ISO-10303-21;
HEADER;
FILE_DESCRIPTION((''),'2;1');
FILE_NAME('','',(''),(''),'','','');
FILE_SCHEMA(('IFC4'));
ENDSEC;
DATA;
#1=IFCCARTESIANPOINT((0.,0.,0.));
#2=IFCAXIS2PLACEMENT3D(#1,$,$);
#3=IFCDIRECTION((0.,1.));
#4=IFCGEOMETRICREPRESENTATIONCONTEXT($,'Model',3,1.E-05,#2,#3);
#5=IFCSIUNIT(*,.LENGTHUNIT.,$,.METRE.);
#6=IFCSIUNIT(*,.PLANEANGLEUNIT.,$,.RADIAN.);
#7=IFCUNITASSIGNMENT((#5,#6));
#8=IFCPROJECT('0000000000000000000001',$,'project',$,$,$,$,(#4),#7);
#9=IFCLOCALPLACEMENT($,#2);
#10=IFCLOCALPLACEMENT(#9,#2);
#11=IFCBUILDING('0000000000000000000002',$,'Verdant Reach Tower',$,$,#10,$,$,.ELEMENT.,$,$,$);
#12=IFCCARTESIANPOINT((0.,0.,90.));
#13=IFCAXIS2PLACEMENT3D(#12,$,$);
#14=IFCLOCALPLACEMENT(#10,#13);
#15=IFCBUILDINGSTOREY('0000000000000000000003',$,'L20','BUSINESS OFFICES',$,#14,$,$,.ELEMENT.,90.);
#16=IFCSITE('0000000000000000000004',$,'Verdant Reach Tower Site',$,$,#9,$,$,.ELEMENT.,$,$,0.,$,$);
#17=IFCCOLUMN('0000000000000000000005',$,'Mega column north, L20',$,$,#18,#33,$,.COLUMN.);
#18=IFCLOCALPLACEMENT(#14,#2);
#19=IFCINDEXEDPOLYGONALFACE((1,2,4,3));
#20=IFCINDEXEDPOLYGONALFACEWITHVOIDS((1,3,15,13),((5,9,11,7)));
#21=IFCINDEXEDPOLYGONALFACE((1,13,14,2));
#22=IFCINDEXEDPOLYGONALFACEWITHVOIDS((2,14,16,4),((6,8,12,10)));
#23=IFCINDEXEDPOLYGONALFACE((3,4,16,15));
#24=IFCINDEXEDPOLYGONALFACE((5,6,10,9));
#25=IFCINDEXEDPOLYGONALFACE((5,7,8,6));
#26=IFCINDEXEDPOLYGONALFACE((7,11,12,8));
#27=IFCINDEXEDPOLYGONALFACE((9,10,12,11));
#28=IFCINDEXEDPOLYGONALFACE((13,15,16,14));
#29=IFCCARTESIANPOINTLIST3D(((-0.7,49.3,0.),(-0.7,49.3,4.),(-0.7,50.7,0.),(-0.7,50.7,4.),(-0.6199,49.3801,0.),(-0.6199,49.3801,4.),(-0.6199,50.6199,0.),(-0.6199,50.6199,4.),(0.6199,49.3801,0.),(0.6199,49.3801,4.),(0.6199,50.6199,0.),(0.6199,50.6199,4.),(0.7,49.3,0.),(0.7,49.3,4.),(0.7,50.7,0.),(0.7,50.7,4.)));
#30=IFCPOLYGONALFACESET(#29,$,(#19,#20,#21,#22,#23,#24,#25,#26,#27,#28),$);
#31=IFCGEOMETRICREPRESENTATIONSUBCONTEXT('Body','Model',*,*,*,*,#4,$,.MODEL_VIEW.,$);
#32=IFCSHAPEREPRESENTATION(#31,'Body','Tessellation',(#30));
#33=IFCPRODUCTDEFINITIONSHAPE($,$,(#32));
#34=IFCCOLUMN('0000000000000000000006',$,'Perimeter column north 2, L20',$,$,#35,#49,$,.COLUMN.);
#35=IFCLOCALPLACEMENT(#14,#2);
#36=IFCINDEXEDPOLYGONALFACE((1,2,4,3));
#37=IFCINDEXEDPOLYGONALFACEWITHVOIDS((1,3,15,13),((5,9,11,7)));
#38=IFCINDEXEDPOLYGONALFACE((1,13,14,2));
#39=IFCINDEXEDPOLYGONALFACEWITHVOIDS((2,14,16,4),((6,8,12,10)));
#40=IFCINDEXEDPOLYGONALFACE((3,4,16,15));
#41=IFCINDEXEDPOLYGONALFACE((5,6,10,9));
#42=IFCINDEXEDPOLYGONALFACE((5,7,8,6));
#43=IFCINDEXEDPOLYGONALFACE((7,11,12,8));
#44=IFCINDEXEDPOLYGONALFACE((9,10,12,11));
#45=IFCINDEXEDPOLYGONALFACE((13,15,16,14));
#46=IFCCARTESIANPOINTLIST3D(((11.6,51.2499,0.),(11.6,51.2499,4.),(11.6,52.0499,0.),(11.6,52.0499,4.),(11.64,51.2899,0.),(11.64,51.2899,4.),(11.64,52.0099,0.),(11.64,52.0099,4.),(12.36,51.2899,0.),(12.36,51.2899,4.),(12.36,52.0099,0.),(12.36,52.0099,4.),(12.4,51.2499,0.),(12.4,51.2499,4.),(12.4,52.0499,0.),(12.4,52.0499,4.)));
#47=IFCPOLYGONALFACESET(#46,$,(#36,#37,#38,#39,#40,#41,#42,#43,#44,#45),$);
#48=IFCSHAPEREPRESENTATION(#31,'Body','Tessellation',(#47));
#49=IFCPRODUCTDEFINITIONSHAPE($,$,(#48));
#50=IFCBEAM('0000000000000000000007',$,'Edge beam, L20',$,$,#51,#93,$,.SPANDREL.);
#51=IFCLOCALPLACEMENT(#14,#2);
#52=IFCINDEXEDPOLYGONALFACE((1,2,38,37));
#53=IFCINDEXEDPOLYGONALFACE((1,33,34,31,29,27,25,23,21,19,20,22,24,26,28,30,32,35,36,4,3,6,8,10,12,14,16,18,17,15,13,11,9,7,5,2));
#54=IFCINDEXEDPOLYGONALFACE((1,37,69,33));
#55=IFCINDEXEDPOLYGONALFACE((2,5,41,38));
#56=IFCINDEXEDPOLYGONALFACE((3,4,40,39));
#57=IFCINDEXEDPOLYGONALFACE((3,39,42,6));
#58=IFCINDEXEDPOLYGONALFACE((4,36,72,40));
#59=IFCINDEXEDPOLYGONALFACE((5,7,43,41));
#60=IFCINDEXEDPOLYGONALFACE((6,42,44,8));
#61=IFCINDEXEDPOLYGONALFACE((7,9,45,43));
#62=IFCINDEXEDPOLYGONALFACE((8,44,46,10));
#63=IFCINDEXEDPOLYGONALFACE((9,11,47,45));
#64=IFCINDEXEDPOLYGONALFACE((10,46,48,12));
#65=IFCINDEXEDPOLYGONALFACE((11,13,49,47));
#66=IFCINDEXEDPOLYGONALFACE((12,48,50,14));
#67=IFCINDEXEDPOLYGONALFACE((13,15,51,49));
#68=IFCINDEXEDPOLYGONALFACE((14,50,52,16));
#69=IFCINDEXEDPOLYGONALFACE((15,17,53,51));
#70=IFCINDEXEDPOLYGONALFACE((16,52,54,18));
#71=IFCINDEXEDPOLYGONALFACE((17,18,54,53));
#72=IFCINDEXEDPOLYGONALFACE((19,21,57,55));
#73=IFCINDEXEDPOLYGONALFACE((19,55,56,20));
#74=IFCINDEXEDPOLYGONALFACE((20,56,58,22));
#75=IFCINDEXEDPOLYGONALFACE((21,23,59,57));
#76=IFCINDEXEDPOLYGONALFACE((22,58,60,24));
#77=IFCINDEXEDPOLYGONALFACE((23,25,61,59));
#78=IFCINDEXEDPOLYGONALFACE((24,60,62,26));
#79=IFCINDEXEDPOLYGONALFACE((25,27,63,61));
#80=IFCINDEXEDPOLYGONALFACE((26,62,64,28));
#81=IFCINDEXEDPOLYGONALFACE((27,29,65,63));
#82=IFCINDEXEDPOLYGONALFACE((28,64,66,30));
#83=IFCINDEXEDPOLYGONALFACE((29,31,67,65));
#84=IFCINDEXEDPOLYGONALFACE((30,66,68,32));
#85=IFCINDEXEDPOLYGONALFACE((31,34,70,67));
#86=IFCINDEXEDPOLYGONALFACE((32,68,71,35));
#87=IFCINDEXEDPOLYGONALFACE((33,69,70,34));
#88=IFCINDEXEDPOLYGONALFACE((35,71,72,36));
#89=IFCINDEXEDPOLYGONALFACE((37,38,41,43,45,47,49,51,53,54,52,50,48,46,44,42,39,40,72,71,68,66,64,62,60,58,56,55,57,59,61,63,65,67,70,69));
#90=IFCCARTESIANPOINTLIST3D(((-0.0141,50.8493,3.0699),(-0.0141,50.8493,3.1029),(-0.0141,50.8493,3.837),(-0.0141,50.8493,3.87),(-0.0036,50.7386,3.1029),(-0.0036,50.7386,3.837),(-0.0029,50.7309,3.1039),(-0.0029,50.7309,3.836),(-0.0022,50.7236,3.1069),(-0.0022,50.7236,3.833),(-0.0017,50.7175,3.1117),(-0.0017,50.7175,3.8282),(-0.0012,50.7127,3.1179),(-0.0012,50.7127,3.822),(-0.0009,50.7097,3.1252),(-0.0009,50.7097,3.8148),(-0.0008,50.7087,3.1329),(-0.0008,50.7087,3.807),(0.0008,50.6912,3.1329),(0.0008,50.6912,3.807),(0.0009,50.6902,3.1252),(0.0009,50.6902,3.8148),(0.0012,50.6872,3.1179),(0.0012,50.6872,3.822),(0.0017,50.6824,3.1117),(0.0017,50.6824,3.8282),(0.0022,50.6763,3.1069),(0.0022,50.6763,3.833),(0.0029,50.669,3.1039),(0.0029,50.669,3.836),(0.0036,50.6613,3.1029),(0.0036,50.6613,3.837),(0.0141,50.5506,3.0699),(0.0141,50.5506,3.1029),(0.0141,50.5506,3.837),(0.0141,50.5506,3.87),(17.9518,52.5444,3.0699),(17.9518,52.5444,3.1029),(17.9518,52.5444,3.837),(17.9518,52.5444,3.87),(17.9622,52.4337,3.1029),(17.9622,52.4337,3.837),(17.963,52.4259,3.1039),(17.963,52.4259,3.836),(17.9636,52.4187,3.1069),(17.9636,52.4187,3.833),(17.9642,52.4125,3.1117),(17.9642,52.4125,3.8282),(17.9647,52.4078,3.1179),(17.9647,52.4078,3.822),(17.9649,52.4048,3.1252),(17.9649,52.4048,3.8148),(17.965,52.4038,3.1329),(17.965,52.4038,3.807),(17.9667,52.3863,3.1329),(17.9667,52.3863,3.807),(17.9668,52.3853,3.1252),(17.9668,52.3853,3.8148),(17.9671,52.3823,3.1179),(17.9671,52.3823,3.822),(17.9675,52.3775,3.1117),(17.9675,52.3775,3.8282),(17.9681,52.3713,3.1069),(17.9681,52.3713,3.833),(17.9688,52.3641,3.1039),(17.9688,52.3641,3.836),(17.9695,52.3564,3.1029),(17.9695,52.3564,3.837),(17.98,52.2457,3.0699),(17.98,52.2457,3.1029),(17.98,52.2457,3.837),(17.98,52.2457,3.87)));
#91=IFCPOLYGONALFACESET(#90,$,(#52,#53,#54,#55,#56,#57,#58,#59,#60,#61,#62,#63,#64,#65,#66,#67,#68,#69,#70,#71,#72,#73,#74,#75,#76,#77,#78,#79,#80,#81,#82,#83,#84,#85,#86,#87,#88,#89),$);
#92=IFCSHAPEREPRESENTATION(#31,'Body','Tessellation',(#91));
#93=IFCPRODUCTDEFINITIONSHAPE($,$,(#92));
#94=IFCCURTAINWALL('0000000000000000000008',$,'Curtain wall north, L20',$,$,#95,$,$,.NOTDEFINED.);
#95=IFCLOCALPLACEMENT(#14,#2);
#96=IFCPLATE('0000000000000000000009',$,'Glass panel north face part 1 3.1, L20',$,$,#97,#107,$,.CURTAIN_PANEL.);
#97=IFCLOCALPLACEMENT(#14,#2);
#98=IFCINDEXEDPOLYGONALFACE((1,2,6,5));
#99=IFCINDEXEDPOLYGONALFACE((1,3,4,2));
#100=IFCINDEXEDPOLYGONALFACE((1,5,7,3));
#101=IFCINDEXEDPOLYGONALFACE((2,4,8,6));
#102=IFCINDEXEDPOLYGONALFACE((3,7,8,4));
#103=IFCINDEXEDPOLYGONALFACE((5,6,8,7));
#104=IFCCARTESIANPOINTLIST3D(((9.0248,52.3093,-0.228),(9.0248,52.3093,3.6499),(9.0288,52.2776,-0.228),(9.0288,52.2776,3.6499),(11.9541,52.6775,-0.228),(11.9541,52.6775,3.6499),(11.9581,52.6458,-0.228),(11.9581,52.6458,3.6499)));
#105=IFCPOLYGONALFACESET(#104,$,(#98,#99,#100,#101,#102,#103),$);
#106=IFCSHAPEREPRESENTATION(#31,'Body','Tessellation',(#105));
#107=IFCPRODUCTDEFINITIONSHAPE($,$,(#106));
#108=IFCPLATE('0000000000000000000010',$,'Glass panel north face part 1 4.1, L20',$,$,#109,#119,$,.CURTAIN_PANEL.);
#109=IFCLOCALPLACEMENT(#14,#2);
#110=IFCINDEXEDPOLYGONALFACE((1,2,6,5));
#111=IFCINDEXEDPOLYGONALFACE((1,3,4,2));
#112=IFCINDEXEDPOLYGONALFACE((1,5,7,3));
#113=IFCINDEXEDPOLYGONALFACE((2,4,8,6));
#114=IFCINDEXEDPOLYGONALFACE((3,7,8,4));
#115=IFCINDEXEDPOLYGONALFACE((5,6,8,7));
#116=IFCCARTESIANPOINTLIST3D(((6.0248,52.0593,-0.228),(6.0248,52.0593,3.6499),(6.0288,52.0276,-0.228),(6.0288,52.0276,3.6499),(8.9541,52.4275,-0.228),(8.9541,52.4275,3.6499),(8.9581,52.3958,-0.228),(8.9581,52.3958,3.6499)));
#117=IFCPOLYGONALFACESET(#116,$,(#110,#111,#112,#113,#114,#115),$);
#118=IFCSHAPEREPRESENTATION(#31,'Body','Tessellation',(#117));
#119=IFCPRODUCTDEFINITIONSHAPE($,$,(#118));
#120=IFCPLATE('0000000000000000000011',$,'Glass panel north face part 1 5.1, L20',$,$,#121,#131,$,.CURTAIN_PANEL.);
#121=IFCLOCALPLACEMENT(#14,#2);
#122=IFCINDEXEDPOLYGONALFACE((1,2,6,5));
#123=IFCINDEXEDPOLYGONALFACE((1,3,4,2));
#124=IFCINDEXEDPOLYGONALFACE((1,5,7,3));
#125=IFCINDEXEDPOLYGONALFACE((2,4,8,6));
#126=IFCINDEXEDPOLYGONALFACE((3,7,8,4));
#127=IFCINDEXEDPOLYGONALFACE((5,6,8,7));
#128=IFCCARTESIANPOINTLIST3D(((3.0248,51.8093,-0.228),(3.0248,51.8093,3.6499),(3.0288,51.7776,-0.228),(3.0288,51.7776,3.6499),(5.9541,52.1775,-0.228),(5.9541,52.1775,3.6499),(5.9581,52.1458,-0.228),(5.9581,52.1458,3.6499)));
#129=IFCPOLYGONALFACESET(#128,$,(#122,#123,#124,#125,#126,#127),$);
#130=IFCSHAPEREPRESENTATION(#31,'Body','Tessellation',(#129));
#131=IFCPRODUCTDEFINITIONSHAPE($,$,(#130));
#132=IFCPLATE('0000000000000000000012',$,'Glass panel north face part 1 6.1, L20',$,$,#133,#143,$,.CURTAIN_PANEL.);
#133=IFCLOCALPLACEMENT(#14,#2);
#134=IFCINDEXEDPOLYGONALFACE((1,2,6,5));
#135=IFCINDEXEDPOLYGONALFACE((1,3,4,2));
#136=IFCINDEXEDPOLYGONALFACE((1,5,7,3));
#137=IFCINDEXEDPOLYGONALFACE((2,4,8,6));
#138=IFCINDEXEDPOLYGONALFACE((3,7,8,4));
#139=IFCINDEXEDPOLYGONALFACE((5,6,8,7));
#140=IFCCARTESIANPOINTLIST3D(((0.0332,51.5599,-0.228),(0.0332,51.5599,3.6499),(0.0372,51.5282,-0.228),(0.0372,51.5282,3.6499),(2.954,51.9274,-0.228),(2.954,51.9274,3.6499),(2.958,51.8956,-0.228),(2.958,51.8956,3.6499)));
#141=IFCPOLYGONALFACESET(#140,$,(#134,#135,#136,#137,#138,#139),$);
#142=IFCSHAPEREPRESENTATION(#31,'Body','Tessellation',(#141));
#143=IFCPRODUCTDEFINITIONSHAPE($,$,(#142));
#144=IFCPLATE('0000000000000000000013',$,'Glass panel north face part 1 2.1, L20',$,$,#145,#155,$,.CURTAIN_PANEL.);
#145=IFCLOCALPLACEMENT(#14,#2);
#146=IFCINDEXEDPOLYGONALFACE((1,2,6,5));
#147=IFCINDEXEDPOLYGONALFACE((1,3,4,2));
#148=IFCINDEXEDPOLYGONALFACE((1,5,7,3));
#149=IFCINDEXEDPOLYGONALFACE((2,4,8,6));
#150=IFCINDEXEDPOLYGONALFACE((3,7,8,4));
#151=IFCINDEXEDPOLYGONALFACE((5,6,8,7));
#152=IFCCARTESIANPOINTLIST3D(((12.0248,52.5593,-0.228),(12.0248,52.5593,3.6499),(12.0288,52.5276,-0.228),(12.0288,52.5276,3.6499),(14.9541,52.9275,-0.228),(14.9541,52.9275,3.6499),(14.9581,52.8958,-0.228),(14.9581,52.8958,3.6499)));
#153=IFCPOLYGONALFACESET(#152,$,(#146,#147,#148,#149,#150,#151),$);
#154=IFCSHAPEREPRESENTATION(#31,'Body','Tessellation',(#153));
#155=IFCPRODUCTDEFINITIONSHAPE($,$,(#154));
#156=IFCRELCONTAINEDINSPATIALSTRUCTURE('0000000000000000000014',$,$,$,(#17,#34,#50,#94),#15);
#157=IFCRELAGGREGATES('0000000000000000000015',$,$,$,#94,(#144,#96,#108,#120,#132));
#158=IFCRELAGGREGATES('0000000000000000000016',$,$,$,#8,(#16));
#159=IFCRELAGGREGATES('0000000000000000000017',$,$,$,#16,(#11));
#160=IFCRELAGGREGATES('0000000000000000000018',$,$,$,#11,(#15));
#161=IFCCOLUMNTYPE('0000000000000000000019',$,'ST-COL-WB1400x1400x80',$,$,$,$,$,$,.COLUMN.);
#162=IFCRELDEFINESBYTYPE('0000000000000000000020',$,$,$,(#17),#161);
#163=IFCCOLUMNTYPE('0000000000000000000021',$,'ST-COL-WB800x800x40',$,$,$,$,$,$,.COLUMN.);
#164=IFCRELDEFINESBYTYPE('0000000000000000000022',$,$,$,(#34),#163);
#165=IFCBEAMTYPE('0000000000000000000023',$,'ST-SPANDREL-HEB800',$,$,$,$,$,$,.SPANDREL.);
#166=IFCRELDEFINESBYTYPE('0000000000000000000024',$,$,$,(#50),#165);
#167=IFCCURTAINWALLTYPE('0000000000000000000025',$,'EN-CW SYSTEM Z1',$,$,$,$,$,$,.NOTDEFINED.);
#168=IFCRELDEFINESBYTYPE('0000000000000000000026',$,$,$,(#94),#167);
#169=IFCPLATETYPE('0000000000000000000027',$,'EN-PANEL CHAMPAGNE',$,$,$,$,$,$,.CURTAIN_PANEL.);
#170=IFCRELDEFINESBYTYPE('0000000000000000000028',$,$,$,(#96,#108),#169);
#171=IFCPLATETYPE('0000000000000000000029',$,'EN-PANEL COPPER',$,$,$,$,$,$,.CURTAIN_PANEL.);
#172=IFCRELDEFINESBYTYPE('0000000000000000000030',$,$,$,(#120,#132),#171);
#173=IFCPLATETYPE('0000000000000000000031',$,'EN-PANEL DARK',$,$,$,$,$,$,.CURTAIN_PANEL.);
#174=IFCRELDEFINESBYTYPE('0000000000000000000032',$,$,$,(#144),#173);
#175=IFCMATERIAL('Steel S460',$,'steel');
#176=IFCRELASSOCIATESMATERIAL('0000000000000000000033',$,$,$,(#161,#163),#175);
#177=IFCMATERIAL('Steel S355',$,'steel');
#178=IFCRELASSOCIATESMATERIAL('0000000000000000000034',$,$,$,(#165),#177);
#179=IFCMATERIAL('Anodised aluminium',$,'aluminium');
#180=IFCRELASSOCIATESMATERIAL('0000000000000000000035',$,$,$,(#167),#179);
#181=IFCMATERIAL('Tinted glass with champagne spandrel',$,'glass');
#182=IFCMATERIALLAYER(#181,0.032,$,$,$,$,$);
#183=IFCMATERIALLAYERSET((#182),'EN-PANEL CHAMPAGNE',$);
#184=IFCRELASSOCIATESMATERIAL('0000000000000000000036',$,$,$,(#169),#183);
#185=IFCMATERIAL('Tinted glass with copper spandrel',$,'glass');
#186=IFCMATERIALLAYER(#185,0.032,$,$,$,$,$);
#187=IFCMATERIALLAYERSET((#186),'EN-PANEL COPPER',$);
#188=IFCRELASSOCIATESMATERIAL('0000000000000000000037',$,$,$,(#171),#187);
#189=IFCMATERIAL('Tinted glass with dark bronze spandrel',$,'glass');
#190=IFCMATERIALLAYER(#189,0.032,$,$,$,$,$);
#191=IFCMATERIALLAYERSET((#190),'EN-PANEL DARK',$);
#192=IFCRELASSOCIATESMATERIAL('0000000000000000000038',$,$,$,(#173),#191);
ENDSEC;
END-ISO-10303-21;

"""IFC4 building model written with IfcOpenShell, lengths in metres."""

from ifc_helpers import new_model, si_unit, direction, frame, origin, origin_2d, place, context, subcontext, project, spatial, rectangle, hollow_rectangle, i_section, extrude, material, layer, layer_set, material_profile, profile_set, type_object, element, aggregate, save


model = new_model("IFC4")

# Units and contexts
model_context = context("Model", 3, precision=1e-05, world=origin(), true_north=direction((0.0, 1.0)))
body_context = subcontext(model_context, "Body", "Model", "MODEL_VIEW")
ifc_project = project(units=[si_unit("LENGTHUNIT", "METRE"), si_unit("PLANEANGLEUNIT", "RADIAN")], contexts=[model_context])

# Site, building, storey
site_placement = place(None, origin())
site = spatial("IfcSite", under=ifc_project, at=site_placement, Name="Verdant Reach Tower Site", CompositionType="ELEMENT", RefElevation=0.0)
building_placement = place(site_placement, origin())
building = spatial("IfcBuilding", under=site, at=building_placement, Name="Verdant Reach Tower", CompositionType="ELEMENT")
storey_placement = place(building_placement, frame((0.0, 0.0, 90.0)))
storey = spatial("IfcBuildingStorey", under=building, at=storey_placement, Name="L20", Description="BUSINESS OFFICES", CompositionType="ELEMENT", Elevation=90.0)

# Columns
ifc_material_1 = material(Name="Steel S460", Category="steel")
ifc_material_profile_1 = material_profile(ifc_material_1, hollow_rectangle(XDim=1.3999, YDim=1.3999, WallThickness=0.0801, at=origin_2d()), Name="WB 1400x1400x80")
ifc_profile_set_1 = profile_set([ifc_material_profile_1], Name="Steel S460")
column_type_1 = type_object("IfcColumnType", Name="ST-COL-WB1400x1400x80", PredefinedType="COLUMN", material=ifc_profile_set_1)
column_1_placement = place(storey_placement, frame((0.0, 50.0, 0.0), z_axis=(0.0, 0.0, 1.0), x_axis=(1.0, 0.0, 0.0)))
element("IfcColumn", 1, at=column_1_placement, inside=storey, type_object=column_type_1, Name="Mega column north, L20", PredefinedType="COLUMN", context=body_context, shape_type="SweptSolid", body=[
    extrude(hollow_rectangle(XDim=1.3999, YDim=1.3999, WallThickness=0.0801, at=origin_2d()), origin(), (0.0, 0.0, 1.0), 4.0),
])
ifc_material_profile_2 = material_profile(ifc_material_1, hollow_rectangle(XDim=0.8, YDim=0.8, WallThickness=0.04, at=origin_2d()), Name="WB 800x800x40")
ifc_profile_set_2 = profile_set([ifc_material_profile_2], Name="Steel S460")
column_type_2 = type_object("IfcColumnType", Name="ST-COL-WB800x800x40", PredefinedType="COLUMN", material=ifc_profile_set_2)
column_2_placement = place(storey_placement, frame((12.0, 51.6499, 0.0), z_axis=(0.0, 0.0, 1.0), x_axis=(1.0, 0.0, 0.0)))
element("IfcColumn", 2, at=column_2_placement, inside=storey, type_object=column_type_2, Name="Perimeter column north 2, L20", PredefinedType="COLUMN", context=body_context, shape_type="SweptSolid", body=[
    extrude(hollow_rectangle(XDim=0.8, YDim=0.8, WallThickness=0.04, at=origin_2d()), origin(), (0.0, 0.0, 1.0), 4.0),
])

# Beam
ifc_material_2 = material(Name="Steel S355", Category="steel")
ifc_material_profile_3 = material_profile(ifc_material_2, i_section(OverallWidth=0.3, OverallDepth=0.8, WebThickness=0.0176, FlangeThickness=0.033, FilletRadius=0.03, at=origin_2d()), Name="HEB 800")
ifc_profile_set_3 = profile_set([ifc_material_profile_3], Name="Steel S355")
beam_type = type_object("IfcBeamType", Name="ST-SPANDREL-HEB800", PredefinedType="SPANDREL", material=ifc_profile_set_3)
beam_placement = place(storey_placement, frame((0.0, 50.7, 3.47), z_axis=(0.995579, 0.093932, 0.0), x_axis=(-0.093932, 0.995579, 0.0)))
element("IfcBeam", 3, at=beam_placement, inside=storey, type_object=beam_type, Name="Edge beam, L20", PredefinedType="SPANDREL", context=body_context, shape_type="SweptSolid", body=[
    extrude(i_section(OverallWidth=0.3, OverallDepth=0.8, WebThickness=0.0176, FlangeThickness=0.033, FilletRadius=0.03, at=origin_2d()), origin(), (0.0, 0.0, 1.0), 18.0457),
])

# Curtain wall, plates
ifc_material_3 = material(Name="Anodised aluminium", Category="aluminium")
curtain_wall_type = type_object("IfcCurtainWallType", Name="EN-CW SYSTEM Z1", PredefinedType="NOTDEFINED", material=ifc_material_3)
curtain_wall_placement = place(storey_placement, origin())
curtain_wall = element("IfcCurtainWall", 4, at=curtain_wall_placement, inside=storey, type_object=curtain_wall_type, Name="Curtain wall north, L20", PredefinedType="NOTDEFINED")
ifc_material_4 = material(Name="Tinted glass with champagne spandrel", Category="glass")
ifc_layer_1 = layer(ifc_material_4, 0.032)
ifc_layer_set_1 = layer_set([ifc_layer_1], Name="EN-PANEL CHAMPAGNE")
plate_type_1 = type_object("IfcPlateType", Name="EN-PANEL CHAMPAGNE", PredefinedType="CURTAIN_PANEL", material=ifc_layer_set_1)
plate_1_placement = place(storey_placement, frame((10.4915, 52.4775, -0.228), z_axis=(0.0, 0.0, 1.0), x_axis=(-0.992194, -0.124704, 0.0)))
plate_1 = element("IfcPlate", 5, at=plate_1_placement, type_object=plate_type_1, Name="Glass panel north face part 1 3.1, L20", PredefinedType="CURTAIN_PANEL", context=body_context, shape_type="SweptSolid", body=[
    extrude(rectangle(XDim=2.9524, YDim=0.032, at=origin_2d()), origin(), (0.0, 0.0, 1.0), 3.8779),
])
plate_2_placement = place(storey_placement, frame((7.4915, 52.2275, -0.228), z_axis=(0.0, 0.0, 1.0), x_axis=(-0.992194, -0.124704, 0.0)))
plate_2 = element("IfcPlate", 6, at=plate_2_placement, type_object=plate_type_1, Name="Glass panel north face part 1 4.1, L20", PredefinedType="CURTAIN_PANEL", context=body_context, shape_type="SweptSolid", body=[
    extrude(rectangle(XDim=2.9524, YDim=0.032, at=origin_2d()), origin(), (0.0, 0.0, 1.0), 3.8779),
])
ifc_material_5 = material(Name="Tinted glass with copper spandrel", Category="glass")
ifc_layer_2 = layer(ifc_material_5, 0.032)
ifc_layer_set_2 = layer_set([ifc_layer_2], Name="EN-PANEL COPPER")
plate_type_2 = type_object("IfcPlateType", Name="EN-PANEL COPPER", PredefinedType="CURTAIN_PANEL", material=ifc_layer_set_2)
plate_3_placement = place(storey_placement, frame((4.4915, 51.9775, -0.228), z_axis=(0.0, 0.0, 1.0), x_axis=(-0.992194, -0.124704, 0.0)))
plate_3 = element("IfcPlate", 7, at=plate_3_placement, type_object=plate_type_2, Name="Glass panel north face part 1 5.1, L20", PredefinedType="CURTAIN_PANEL", context=body_context, shape_type="SweptSolid", body=[
    extrude(rectangle(XDim=2.9524, YDim=0.032, at=origin_2d()), origin(), (0.0, 0.0, 1.0), 3.8779),
])
plate_4_placement = place(storey_placement, frame((1.4956, 51.7278, -0.228), z_axis=(0.0, 0.0, 1.0), x_axis=(-0.992179, -0.124821, 0.0)))
plate_4 = element("IfcPlate", 8, at=plate_4_placement, type_object=plate_type_2, Name="Glass panel north face part 1 6.1, L20", PredefinedType="CURTAIN_PANEL", context=body_context, shape_type="SweptSolid", body=[
    extrude(rectangle(XDim=2.9438, YDim=0.032, at=origin_2d()), origin(), (0.0, 0.0, 1.0), 3.8779),
])
ifc_material_6 = material(Name="Tinted glass with dark bronze spandrel", Category="glass")
ifc_layer_3 = layer(ifc_material_6, 0.032)
ifc_layer_set_3 = layer_set([ifc_layer_3], Name="EN-PANEL DARK")
plate_type_3 = type_object("IfcPlateType", Name="EN-PANEL DARK", PredefinedType="CURTAIN_PANEL", material=ifc_layer_set_3)
plate_5_placement = place(storey_placement, frame((13.4915, 52.7275, -0.228), z_axis=(0.0, 0.0, 1.0), x_axis=(-0.992194, -0.124704, 0.0)))
plate_5 = element("IfcPlate", 9, at=plate_5_placement, type_object=plate_type_3, Name="Glass panel north face part 1 2.1, L20", PredefinedType="CURTAIN_PANEL", context=body_context, shape_type="SweptSolid", body=[
    extrude(rectangle(XDim=2.9524, YDim=0.032, at=origin_2d()), origin(), (0.0, 0.0, 1.0), 3.8779),
])
aggregate(curtain_wall, [plate_5, plate_1, plate_2, plate_3, plate_4])

save(model, "model.ifc")
